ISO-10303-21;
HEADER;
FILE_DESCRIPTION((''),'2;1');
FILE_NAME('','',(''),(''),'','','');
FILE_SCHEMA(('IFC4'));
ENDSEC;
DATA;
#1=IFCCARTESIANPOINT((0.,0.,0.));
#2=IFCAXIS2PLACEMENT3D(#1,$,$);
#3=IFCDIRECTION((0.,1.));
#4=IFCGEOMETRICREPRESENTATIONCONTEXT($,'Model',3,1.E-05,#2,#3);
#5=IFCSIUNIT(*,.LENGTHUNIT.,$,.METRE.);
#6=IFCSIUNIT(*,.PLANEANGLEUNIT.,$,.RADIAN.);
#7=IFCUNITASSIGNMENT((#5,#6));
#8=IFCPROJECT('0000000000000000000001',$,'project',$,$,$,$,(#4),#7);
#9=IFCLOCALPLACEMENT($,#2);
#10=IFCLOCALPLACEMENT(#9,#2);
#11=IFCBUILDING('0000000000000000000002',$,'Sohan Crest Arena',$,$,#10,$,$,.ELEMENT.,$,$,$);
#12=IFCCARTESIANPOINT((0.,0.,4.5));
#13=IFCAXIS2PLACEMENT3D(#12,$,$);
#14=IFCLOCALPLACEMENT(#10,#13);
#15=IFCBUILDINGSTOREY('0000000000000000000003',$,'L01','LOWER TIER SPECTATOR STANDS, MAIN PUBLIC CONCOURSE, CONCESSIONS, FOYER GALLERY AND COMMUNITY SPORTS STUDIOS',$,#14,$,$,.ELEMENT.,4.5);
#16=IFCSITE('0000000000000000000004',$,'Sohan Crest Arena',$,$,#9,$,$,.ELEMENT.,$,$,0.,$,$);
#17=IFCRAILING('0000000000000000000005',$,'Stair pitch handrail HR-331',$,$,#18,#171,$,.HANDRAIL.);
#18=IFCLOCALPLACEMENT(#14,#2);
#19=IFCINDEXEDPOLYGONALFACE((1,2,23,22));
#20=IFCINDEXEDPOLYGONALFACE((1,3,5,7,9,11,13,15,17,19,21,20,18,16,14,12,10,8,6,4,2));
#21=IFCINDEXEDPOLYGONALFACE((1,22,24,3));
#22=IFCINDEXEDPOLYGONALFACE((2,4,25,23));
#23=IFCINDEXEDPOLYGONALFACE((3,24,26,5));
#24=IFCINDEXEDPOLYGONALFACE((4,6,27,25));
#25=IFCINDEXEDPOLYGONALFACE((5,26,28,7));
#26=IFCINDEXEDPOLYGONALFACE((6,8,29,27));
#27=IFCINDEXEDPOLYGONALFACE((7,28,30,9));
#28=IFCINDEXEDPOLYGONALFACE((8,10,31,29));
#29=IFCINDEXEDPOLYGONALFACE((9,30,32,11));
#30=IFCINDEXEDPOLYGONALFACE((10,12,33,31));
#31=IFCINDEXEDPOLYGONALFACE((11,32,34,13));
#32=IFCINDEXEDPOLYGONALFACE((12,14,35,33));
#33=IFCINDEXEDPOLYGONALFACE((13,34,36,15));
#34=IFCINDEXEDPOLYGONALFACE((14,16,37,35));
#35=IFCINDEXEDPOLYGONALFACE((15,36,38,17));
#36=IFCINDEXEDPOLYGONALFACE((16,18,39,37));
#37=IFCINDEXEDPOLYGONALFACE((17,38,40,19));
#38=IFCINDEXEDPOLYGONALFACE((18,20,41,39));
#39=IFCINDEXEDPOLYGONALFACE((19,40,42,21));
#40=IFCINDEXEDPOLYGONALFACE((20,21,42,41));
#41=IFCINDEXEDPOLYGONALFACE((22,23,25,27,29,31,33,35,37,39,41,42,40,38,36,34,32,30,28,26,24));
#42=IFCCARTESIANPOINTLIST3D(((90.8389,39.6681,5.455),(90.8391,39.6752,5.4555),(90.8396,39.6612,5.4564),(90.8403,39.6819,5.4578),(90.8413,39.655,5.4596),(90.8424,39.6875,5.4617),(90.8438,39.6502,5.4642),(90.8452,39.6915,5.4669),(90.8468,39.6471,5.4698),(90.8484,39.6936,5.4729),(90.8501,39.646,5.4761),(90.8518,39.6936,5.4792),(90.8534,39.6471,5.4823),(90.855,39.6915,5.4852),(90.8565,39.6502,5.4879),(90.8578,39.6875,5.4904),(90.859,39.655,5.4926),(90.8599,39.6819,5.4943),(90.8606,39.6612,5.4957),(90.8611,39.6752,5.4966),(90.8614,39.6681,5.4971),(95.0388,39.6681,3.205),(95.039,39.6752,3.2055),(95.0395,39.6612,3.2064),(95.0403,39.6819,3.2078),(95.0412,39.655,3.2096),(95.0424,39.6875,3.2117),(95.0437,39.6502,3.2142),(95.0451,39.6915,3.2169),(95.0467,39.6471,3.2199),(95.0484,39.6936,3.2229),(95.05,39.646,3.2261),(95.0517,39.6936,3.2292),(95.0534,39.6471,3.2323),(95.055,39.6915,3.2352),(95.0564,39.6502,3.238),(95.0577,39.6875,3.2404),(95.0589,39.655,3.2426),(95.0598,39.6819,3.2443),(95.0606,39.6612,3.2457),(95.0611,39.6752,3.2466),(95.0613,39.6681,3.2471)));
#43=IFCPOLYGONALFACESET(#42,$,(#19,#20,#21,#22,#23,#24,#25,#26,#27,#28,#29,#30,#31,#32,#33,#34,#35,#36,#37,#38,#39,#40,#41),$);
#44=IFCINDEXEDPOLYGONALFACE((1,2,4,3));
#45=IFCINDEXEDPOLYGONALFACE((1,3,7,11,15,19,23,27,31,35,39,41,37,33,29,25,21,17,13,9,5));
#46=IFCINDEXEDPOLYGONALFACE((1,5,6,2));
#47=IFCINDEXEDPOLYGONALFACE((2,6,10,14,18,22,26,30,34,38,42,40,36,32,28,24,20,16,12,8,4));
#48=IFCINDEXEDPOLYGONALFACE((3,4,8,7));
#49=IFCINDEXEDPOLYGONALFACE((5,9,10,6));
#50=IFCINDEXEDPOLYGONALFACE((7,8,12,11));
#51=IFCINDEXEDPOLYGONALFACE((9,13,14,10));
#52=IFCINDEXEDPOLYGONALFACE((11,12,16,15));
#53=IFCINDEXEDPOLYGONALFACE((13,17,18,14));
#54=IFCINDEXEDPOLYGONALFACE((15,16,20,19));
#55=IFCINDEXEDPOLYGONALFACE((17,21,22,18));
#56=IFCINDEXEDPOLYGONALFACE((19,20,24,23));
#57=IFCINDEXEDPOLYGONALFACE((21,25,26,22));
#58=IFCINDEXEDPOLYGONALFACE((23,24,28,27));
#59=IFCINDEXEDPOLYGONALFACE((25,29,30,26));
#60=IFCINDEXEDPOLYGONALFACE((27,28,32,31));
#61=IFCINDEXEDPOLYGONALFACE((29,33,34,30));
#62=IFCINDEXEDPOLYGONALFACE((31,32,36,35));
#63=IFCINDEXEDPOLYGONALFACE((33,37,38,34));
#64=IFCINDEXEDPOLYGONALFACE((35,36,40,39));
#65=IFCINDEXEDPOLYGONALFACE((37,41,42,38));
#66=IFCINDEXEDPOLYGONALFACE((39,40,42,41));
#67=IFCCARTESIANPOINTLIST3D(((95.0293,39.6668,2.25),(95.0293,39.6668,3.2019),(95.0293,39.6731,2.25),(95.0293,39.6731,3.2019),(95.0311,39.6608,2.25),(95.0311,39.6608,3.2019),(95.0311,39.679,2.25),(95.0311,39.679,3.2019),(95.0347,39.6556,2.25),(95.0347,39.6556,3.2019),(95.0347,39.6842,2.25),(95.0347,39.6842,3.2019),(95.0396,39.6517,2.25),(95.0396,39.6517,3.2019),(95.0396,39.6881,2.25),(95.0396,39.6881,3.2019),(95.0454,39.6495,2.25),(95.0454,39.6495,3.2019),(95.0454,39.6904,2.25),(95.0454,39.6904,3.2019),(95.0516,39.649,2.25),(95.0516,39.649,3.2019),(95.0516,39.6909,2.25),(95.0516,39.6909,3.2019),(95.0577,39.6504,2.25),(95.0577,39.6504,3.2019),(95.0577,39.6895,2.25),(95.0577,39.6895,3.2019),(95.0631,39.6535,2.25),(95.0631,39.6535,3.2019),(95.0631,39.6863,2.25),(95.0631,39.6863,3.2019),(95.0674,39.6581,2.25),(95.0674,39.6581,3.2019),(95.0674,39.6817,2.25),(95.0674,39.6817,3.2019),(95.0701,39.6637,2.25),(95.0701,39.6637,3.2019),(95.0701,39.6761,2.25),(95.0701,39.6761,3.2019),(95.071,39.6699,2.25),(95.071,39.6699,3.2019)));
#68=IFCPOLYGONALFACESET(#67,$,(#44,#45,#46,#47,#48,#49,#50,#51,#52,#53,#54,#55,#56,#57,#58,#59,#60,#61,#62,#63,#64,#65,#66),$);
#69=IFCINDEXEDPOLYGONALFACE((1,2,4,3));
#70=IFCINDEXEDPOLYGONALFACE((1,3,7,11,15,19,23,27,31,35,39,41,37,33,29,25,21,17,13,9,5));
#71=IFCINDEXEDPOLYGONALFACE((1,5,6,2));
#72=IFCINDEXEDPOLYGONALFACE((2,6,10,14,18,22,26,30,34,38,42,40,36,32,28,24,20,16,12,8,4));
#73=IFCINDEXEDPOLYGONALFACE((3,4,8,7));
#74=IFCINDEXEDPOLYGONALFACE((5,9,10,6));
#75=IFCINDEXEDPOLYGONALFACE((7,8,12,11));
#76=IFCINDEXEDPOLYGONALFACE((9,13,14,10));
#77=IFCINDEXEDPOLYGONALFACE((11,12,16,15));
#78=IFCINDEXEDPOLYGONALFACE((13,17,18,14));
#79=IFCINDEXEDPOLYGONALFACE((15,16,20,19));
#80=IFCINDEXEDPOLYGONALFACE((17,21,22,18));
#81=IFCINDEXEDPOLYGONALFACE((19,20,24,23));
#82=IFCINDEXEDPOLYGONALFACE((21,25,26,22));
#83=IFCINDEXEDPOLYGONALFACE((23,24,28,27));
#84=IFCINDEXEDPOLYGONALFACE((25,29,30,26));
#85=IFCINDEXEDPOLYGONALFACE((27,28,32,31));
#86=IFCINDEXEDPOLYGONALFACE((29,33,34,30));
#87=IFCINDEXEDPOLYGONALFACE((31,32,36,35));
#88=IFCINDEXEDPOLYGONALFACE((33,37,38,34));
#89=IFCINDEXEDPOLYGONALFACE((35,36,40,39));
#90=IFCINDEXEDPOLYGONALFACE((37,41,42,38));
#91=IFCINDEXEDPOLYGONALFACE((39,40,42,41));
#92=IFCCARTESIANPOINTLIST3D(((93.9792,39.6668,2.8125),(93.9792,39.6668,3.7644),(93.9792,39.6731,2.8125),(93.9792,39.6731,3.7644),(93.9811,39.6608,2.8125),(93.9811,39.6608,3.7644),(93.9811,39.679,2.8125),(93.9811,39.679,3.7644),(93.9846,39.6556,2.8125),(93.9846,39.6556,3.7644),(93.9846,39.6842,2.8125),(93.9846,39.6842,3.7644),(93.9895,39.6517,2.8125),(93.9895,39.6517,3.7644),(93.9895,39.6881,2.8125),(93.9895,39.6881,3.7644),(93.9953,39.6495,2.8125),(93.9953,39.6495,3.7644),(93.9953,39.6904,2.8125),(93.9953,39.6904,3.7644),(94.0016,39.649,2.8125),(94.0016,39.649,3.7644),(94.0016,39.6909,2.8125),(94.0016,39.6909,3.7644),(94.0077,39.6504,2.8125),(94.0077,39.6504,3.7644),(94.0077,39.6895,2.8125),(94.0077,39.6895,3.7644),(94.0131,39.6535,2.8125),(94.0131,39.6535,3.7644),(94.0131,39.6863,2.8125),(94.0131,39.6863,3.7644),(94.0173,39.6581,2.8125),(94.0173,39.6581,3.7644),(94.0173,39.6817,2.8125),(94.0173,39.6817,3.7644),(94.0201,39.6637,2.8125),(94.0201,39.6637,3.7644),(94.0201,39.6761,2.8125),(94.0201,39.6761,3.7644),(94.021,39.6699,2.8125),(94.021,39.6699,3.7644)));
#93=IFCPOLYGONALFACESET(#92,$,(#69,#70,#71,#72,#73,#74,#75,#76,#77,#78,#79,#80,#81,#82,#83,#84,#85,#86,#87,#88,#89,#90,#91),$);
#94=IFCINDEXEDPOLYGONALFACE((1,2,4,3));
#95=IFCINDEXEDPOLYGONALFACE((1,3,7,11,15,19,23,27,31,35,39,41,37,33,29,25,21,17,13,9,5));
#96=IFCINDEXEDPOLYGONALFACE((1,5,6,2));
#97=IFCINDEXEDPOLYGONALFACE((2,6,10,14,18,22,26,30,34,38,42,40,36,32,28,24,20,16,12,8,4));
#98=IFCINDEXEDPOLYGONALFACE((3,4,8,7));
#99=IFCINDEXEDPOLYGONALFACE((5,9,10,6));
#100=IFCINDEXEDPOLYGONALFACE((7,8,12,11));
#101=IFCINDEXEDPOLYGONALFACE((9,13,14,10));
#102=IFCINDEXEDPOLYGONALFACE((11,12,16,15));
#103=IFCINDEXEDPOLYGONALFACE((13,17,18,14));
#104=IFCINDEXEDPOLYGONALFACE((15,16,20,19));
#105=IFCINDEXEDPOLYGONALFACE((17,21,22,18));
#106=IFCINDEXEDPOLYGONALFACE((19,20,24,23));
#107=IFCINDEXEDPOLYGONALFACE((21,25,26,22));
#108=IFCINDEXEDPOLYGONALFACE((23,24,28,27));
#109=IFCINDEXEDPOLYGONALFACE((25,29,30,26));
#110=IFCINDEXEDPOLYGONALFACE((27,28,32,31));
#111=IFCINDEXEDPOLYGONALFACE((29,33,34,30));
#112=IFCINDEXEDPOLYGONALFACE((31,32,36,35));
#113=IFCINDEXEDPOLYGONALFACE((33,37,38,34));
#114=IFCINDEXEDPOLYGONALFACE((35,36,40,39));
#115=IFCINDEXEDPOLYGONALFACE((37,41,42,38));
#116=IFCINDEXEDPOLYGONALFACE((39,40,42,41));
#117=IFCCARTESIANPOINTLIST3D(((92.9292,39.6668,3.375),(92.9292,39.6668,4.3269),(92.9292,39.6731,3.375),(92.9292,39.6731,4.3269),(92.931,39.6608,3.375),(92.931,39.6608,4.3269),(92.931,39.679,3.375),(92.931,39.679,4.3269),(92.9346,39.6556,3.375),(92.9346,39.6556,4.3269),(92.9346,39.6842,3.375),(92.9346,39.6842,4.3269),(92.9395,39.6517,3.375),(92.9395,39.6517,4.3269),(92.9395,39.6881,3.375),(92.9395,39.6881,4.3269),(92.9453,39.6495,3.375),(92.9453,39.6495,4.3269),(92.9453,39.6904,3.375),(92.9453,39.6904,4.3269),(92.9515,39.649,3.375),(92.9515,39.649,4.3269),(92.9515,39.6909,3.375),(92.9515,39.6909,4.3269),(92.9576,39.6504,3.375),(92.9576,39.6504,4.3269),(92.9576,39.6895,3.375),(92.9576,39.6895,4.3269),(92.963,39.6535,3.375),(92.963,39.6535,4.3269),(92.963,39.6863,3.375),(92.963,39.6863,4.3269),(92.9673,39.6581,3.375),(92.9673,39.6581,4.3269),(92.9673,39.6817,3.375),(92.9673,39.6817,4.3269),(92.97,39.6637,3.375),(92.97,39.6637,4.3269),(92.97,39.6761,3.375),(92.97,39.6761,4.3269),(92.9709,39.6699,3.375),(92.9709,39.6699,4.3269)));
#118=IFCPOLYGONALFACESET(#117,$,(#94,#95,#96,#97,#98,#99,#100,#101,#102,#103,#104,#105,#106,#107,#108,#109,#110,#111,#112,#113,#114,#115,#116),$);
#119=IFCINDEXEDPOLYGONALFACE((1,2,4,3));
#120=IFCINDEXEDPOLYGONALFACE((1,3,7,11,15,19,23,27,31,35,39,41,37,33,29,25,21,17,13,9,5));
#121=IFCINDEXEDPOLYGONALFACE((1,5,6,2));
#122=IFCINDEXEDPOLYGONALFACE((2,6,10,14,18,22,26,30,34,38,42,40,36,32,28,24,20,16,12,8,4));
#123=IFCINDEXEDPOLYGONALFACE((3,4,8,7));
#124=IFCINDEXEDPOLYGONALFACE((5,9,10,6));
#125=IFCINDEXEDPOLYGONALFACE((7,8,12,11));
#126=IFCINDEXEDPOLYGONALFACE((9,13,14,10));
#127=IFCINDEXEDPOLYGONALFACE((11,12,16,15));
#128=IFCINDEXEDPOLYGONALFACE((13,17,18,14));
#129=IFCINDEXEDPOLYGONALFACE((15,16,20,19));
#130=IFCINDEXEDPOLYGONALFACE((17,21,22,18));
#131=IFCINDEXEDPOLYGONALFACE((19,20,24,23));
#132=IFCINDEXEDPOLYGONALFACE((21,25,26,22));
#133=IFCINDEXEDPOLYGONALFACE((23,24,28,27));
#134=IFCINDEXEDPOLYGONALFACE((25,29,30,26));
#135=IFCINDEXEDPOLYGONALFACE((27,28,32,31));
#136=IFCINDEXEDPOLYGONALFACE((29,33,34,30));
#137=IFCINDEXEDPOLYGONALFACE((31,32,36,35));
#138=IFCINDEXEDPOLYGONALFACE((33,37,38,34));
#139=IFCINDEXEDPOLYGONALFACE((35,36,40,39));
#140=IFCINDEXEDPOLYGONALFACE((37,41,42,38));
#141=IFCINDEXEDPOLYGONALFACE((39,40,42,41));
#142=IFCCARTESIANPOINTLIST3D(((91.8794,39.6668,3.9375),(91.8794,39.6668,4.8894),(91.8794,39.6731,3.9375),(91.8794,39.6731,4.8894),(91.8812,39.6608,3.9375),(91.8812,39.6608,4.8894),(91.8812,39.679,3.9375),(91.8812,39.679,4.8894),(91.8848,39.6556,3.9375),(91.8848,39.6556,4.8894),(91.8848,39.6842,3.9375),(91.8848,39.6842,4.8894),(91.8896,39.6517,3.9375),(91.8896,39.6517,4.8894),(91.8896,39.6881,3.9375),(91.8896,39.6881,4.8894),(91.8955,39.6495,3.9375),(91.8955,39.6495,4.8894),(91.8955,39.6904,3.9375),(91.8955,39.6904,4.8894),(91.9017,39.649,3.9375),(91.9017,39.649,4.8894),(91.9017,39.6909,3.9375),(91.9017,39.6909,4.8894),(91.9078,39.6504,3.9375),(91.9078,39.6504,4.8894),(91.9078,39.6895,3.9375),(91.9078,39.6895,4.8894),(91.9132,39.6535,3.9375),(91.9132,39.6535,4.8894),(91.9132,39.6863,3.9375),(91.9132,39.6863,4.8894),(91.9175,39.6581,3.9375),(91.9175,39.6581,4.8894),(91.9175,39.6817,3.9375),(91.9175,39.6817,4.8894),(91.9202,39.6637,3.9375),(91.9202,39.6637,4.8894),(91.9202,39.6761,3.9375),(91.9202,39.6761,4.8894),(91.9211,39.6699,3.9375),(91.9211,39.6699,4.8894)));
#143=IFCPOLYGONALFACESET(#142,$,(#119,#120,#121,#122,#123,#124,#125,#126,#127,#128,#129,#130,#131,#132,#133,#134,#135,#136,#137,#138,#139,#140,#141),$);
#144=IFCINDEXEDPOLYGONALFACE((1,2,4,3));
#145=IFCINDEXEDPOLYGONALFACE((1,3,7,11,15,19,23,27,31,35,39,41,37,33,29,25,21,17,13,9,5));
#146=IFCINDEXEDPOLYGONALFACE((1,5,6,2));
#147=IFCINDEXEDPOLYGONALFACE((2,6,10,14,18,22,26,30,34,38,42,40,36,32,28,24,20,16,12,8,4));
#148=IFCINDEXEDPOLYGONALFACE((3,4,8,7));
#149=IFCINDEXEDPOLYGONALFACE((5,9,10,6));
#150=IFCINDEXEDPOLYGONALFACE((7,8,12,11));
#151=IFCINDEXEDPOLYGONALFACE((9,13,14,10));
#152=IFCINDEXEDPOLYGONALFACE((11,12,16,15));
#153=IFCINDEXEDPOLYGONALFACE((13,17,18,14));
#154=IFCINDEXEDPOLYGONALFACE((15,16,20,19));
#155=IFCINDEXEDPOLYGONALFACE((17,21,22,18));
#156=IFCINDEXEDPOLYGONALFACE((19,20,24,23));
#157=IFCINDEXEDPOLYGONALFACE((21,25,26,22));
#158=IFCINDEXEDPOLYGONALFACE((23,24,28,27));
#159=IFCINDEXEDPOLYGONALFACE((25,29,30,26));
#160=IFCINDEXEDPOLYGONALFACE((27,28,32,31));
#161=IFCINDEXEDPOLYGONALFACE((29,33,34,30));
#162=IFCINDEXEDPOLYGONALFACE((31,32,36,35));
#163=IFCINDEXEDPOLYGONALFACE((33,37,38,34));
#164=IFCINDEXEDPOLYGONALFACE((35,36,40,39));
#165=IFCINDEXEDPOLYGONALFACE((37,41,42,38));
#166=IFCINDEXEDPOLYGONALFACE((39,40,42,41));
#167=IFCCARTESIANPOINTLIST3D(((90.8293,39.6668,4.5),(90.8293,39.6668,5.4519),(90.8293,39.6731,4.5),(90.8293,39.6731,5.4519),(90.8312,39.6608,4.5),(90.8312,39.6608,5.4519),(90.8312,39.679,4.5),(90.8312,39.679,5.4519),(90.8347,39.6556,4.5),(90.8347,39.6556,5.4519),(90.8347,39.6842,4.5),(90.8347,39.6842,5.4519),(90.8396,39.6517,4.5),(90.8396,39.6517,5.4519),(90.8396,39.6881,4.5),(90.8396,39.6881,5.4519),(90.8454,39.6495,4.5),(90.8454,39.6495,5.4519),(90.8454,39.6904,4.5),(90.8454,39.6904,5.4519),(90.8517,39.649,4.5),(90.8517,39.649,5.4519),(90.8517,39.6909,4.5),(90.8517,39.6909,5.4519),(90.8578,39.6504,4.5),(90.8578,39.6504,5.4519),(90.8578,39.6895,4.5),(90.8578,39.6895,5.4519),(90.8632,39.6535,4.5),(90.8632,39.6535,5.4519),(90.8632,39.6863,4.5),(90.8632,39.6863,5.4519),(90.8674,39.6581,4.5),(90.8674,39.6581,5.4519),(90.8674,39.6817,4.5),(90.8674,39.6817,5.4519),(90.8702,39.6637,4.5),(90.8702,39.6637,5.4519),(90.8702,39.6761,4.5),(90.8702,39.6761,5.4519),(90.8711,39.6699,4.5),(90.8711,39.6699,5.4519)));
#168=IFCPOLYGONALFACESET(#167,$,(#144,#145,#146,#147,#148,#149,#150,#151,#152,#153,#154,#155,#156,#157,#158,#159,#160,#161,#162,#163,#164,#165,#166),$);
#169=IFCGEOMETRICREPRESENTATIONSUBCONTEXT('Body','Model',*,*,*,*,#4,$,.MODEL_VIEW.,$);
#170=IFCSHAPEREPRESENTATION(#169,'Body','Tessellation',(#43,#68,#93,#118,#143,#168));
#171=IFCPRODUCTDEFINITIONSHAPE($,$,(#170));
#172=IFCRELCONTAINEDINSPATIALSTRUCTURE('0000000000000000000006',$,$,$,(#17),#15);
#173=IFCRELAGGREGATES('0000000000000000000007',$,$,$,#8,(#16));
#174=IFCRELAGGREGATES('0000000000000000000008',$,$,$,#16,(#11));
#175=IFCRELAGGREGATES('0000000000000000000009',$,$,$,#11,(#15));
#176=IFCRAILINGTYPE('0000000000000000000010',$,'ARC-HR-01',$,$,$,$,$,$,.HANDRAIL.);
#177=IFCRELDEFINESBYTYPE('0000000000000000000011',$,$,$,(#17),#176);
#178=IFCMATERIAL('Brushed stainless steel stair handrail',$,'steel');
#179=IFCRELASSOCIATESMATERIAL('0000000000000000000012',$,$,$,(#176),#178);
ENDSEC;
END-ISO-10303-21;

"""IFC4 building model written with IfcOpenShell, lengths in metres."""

from ifc_helpers import new_model, si_unit, direction, frame, origin, origin_2d, place, context, subcontext, project, spatial, circle, extrude, material, type_object, element, save


model = new_model("IFC4")

# Units and contexts
model_context = context("Model", 3, precision=1e-05, world=origin(), true_north=direction((0.0, 1.0)))
body_context = subcontext(model_context, "Body", "Model", "MODEL_VIEW")
ifc_project = project(units=[si_unit("LENGTHUNIT", "METRE"), si_unit("PLANEANGLEUNIT", "RADIAN")], contexts=[model_context])

# Site, building, storey
site_placement = place(None, origin())
site = spatial("IfcSite", under=ifc_project, at=site_placement, Name="Sohan Crest Arena", CompositionType="ELEMENT", RefElevation=0.0)
building_placement = place(site_placement, origin())
building = spatial("IfcBuilding", under=site, at=building_placement, Name="Sohan Crest Arena", CompositionType="ELEMENT")
storey_placement = place(building_placement, frame((0.0, 0.0, 4.5)))
storey = spatial("IfcBuildingStorey", under=building, at=storey_placement, Name="L01", Description="LOWER TIER SPECTATOR STANDS, MAIN PUBLIC CONCOURSE, CONCESSIONS, FOYER GALLERY AND COMMUNITY SPORTS STUDIOS", CompositionType="ELEMENT", Elevation=4.5)

# Railing
ifc_material_1 = material(Name="Brushed stainless steel stair handrail", Category="steel")
railing_type_1 = type_object("IfcRailingType", Name="ARC-HR-01", PredefinedType="HANDRAIL", material=ifc_material_1)
railing_1_placement = place(storey_placement, frame((95.05, 39.6699, 2.25)))
element("IfcRailing", 1, at=railing_1_placement, inside=storey, type_object=railing_type_1, Name="Stair pitch handrail HR-331", PredefinedType="HANDRAIL", context=body_context, shape_type="SweptSolid", body=[
    extrude(circle(Radius=0.0239, at=origin_2d()), frame((0.0, 0.0, 0.9761), z_axis=(-0.881478, 0.0, 0.472226), x_axis=(0.0, -1.0, 0.0)), (0.0, 0.0, 1.0), 4.7646),
    extrude(circle(Radius=0.021, at=origin_2d()), origin(), (0.0, 0.0, 1.0), 0.9519),
    extrude(circle(Radius=0.021, at=origin_2d()), frame((-1.05, 0.0, 0.5625)), (0.0, 0.0, 1.0), 0.9519),
    extrude(circle(Radius=0.021, at=origin_2d()), frame((-2.1001, 0.0, 1.125)), (0.0, 0.0, 1.0), 0.9519),
    extrude(circle(Radius=0.021, at=origin_2d()), frame((-3.1499, 0.0, 1.6875)), (0.0, 0.0, 1.0), 0.9519),
    extrude(circle(Radius=0.021, at=origin_2d()), frame((-4.2, 0.0, 2.25)), (0.0, 0.0, 1.0), 0.9519),
])

save(model, "model.ifc")
